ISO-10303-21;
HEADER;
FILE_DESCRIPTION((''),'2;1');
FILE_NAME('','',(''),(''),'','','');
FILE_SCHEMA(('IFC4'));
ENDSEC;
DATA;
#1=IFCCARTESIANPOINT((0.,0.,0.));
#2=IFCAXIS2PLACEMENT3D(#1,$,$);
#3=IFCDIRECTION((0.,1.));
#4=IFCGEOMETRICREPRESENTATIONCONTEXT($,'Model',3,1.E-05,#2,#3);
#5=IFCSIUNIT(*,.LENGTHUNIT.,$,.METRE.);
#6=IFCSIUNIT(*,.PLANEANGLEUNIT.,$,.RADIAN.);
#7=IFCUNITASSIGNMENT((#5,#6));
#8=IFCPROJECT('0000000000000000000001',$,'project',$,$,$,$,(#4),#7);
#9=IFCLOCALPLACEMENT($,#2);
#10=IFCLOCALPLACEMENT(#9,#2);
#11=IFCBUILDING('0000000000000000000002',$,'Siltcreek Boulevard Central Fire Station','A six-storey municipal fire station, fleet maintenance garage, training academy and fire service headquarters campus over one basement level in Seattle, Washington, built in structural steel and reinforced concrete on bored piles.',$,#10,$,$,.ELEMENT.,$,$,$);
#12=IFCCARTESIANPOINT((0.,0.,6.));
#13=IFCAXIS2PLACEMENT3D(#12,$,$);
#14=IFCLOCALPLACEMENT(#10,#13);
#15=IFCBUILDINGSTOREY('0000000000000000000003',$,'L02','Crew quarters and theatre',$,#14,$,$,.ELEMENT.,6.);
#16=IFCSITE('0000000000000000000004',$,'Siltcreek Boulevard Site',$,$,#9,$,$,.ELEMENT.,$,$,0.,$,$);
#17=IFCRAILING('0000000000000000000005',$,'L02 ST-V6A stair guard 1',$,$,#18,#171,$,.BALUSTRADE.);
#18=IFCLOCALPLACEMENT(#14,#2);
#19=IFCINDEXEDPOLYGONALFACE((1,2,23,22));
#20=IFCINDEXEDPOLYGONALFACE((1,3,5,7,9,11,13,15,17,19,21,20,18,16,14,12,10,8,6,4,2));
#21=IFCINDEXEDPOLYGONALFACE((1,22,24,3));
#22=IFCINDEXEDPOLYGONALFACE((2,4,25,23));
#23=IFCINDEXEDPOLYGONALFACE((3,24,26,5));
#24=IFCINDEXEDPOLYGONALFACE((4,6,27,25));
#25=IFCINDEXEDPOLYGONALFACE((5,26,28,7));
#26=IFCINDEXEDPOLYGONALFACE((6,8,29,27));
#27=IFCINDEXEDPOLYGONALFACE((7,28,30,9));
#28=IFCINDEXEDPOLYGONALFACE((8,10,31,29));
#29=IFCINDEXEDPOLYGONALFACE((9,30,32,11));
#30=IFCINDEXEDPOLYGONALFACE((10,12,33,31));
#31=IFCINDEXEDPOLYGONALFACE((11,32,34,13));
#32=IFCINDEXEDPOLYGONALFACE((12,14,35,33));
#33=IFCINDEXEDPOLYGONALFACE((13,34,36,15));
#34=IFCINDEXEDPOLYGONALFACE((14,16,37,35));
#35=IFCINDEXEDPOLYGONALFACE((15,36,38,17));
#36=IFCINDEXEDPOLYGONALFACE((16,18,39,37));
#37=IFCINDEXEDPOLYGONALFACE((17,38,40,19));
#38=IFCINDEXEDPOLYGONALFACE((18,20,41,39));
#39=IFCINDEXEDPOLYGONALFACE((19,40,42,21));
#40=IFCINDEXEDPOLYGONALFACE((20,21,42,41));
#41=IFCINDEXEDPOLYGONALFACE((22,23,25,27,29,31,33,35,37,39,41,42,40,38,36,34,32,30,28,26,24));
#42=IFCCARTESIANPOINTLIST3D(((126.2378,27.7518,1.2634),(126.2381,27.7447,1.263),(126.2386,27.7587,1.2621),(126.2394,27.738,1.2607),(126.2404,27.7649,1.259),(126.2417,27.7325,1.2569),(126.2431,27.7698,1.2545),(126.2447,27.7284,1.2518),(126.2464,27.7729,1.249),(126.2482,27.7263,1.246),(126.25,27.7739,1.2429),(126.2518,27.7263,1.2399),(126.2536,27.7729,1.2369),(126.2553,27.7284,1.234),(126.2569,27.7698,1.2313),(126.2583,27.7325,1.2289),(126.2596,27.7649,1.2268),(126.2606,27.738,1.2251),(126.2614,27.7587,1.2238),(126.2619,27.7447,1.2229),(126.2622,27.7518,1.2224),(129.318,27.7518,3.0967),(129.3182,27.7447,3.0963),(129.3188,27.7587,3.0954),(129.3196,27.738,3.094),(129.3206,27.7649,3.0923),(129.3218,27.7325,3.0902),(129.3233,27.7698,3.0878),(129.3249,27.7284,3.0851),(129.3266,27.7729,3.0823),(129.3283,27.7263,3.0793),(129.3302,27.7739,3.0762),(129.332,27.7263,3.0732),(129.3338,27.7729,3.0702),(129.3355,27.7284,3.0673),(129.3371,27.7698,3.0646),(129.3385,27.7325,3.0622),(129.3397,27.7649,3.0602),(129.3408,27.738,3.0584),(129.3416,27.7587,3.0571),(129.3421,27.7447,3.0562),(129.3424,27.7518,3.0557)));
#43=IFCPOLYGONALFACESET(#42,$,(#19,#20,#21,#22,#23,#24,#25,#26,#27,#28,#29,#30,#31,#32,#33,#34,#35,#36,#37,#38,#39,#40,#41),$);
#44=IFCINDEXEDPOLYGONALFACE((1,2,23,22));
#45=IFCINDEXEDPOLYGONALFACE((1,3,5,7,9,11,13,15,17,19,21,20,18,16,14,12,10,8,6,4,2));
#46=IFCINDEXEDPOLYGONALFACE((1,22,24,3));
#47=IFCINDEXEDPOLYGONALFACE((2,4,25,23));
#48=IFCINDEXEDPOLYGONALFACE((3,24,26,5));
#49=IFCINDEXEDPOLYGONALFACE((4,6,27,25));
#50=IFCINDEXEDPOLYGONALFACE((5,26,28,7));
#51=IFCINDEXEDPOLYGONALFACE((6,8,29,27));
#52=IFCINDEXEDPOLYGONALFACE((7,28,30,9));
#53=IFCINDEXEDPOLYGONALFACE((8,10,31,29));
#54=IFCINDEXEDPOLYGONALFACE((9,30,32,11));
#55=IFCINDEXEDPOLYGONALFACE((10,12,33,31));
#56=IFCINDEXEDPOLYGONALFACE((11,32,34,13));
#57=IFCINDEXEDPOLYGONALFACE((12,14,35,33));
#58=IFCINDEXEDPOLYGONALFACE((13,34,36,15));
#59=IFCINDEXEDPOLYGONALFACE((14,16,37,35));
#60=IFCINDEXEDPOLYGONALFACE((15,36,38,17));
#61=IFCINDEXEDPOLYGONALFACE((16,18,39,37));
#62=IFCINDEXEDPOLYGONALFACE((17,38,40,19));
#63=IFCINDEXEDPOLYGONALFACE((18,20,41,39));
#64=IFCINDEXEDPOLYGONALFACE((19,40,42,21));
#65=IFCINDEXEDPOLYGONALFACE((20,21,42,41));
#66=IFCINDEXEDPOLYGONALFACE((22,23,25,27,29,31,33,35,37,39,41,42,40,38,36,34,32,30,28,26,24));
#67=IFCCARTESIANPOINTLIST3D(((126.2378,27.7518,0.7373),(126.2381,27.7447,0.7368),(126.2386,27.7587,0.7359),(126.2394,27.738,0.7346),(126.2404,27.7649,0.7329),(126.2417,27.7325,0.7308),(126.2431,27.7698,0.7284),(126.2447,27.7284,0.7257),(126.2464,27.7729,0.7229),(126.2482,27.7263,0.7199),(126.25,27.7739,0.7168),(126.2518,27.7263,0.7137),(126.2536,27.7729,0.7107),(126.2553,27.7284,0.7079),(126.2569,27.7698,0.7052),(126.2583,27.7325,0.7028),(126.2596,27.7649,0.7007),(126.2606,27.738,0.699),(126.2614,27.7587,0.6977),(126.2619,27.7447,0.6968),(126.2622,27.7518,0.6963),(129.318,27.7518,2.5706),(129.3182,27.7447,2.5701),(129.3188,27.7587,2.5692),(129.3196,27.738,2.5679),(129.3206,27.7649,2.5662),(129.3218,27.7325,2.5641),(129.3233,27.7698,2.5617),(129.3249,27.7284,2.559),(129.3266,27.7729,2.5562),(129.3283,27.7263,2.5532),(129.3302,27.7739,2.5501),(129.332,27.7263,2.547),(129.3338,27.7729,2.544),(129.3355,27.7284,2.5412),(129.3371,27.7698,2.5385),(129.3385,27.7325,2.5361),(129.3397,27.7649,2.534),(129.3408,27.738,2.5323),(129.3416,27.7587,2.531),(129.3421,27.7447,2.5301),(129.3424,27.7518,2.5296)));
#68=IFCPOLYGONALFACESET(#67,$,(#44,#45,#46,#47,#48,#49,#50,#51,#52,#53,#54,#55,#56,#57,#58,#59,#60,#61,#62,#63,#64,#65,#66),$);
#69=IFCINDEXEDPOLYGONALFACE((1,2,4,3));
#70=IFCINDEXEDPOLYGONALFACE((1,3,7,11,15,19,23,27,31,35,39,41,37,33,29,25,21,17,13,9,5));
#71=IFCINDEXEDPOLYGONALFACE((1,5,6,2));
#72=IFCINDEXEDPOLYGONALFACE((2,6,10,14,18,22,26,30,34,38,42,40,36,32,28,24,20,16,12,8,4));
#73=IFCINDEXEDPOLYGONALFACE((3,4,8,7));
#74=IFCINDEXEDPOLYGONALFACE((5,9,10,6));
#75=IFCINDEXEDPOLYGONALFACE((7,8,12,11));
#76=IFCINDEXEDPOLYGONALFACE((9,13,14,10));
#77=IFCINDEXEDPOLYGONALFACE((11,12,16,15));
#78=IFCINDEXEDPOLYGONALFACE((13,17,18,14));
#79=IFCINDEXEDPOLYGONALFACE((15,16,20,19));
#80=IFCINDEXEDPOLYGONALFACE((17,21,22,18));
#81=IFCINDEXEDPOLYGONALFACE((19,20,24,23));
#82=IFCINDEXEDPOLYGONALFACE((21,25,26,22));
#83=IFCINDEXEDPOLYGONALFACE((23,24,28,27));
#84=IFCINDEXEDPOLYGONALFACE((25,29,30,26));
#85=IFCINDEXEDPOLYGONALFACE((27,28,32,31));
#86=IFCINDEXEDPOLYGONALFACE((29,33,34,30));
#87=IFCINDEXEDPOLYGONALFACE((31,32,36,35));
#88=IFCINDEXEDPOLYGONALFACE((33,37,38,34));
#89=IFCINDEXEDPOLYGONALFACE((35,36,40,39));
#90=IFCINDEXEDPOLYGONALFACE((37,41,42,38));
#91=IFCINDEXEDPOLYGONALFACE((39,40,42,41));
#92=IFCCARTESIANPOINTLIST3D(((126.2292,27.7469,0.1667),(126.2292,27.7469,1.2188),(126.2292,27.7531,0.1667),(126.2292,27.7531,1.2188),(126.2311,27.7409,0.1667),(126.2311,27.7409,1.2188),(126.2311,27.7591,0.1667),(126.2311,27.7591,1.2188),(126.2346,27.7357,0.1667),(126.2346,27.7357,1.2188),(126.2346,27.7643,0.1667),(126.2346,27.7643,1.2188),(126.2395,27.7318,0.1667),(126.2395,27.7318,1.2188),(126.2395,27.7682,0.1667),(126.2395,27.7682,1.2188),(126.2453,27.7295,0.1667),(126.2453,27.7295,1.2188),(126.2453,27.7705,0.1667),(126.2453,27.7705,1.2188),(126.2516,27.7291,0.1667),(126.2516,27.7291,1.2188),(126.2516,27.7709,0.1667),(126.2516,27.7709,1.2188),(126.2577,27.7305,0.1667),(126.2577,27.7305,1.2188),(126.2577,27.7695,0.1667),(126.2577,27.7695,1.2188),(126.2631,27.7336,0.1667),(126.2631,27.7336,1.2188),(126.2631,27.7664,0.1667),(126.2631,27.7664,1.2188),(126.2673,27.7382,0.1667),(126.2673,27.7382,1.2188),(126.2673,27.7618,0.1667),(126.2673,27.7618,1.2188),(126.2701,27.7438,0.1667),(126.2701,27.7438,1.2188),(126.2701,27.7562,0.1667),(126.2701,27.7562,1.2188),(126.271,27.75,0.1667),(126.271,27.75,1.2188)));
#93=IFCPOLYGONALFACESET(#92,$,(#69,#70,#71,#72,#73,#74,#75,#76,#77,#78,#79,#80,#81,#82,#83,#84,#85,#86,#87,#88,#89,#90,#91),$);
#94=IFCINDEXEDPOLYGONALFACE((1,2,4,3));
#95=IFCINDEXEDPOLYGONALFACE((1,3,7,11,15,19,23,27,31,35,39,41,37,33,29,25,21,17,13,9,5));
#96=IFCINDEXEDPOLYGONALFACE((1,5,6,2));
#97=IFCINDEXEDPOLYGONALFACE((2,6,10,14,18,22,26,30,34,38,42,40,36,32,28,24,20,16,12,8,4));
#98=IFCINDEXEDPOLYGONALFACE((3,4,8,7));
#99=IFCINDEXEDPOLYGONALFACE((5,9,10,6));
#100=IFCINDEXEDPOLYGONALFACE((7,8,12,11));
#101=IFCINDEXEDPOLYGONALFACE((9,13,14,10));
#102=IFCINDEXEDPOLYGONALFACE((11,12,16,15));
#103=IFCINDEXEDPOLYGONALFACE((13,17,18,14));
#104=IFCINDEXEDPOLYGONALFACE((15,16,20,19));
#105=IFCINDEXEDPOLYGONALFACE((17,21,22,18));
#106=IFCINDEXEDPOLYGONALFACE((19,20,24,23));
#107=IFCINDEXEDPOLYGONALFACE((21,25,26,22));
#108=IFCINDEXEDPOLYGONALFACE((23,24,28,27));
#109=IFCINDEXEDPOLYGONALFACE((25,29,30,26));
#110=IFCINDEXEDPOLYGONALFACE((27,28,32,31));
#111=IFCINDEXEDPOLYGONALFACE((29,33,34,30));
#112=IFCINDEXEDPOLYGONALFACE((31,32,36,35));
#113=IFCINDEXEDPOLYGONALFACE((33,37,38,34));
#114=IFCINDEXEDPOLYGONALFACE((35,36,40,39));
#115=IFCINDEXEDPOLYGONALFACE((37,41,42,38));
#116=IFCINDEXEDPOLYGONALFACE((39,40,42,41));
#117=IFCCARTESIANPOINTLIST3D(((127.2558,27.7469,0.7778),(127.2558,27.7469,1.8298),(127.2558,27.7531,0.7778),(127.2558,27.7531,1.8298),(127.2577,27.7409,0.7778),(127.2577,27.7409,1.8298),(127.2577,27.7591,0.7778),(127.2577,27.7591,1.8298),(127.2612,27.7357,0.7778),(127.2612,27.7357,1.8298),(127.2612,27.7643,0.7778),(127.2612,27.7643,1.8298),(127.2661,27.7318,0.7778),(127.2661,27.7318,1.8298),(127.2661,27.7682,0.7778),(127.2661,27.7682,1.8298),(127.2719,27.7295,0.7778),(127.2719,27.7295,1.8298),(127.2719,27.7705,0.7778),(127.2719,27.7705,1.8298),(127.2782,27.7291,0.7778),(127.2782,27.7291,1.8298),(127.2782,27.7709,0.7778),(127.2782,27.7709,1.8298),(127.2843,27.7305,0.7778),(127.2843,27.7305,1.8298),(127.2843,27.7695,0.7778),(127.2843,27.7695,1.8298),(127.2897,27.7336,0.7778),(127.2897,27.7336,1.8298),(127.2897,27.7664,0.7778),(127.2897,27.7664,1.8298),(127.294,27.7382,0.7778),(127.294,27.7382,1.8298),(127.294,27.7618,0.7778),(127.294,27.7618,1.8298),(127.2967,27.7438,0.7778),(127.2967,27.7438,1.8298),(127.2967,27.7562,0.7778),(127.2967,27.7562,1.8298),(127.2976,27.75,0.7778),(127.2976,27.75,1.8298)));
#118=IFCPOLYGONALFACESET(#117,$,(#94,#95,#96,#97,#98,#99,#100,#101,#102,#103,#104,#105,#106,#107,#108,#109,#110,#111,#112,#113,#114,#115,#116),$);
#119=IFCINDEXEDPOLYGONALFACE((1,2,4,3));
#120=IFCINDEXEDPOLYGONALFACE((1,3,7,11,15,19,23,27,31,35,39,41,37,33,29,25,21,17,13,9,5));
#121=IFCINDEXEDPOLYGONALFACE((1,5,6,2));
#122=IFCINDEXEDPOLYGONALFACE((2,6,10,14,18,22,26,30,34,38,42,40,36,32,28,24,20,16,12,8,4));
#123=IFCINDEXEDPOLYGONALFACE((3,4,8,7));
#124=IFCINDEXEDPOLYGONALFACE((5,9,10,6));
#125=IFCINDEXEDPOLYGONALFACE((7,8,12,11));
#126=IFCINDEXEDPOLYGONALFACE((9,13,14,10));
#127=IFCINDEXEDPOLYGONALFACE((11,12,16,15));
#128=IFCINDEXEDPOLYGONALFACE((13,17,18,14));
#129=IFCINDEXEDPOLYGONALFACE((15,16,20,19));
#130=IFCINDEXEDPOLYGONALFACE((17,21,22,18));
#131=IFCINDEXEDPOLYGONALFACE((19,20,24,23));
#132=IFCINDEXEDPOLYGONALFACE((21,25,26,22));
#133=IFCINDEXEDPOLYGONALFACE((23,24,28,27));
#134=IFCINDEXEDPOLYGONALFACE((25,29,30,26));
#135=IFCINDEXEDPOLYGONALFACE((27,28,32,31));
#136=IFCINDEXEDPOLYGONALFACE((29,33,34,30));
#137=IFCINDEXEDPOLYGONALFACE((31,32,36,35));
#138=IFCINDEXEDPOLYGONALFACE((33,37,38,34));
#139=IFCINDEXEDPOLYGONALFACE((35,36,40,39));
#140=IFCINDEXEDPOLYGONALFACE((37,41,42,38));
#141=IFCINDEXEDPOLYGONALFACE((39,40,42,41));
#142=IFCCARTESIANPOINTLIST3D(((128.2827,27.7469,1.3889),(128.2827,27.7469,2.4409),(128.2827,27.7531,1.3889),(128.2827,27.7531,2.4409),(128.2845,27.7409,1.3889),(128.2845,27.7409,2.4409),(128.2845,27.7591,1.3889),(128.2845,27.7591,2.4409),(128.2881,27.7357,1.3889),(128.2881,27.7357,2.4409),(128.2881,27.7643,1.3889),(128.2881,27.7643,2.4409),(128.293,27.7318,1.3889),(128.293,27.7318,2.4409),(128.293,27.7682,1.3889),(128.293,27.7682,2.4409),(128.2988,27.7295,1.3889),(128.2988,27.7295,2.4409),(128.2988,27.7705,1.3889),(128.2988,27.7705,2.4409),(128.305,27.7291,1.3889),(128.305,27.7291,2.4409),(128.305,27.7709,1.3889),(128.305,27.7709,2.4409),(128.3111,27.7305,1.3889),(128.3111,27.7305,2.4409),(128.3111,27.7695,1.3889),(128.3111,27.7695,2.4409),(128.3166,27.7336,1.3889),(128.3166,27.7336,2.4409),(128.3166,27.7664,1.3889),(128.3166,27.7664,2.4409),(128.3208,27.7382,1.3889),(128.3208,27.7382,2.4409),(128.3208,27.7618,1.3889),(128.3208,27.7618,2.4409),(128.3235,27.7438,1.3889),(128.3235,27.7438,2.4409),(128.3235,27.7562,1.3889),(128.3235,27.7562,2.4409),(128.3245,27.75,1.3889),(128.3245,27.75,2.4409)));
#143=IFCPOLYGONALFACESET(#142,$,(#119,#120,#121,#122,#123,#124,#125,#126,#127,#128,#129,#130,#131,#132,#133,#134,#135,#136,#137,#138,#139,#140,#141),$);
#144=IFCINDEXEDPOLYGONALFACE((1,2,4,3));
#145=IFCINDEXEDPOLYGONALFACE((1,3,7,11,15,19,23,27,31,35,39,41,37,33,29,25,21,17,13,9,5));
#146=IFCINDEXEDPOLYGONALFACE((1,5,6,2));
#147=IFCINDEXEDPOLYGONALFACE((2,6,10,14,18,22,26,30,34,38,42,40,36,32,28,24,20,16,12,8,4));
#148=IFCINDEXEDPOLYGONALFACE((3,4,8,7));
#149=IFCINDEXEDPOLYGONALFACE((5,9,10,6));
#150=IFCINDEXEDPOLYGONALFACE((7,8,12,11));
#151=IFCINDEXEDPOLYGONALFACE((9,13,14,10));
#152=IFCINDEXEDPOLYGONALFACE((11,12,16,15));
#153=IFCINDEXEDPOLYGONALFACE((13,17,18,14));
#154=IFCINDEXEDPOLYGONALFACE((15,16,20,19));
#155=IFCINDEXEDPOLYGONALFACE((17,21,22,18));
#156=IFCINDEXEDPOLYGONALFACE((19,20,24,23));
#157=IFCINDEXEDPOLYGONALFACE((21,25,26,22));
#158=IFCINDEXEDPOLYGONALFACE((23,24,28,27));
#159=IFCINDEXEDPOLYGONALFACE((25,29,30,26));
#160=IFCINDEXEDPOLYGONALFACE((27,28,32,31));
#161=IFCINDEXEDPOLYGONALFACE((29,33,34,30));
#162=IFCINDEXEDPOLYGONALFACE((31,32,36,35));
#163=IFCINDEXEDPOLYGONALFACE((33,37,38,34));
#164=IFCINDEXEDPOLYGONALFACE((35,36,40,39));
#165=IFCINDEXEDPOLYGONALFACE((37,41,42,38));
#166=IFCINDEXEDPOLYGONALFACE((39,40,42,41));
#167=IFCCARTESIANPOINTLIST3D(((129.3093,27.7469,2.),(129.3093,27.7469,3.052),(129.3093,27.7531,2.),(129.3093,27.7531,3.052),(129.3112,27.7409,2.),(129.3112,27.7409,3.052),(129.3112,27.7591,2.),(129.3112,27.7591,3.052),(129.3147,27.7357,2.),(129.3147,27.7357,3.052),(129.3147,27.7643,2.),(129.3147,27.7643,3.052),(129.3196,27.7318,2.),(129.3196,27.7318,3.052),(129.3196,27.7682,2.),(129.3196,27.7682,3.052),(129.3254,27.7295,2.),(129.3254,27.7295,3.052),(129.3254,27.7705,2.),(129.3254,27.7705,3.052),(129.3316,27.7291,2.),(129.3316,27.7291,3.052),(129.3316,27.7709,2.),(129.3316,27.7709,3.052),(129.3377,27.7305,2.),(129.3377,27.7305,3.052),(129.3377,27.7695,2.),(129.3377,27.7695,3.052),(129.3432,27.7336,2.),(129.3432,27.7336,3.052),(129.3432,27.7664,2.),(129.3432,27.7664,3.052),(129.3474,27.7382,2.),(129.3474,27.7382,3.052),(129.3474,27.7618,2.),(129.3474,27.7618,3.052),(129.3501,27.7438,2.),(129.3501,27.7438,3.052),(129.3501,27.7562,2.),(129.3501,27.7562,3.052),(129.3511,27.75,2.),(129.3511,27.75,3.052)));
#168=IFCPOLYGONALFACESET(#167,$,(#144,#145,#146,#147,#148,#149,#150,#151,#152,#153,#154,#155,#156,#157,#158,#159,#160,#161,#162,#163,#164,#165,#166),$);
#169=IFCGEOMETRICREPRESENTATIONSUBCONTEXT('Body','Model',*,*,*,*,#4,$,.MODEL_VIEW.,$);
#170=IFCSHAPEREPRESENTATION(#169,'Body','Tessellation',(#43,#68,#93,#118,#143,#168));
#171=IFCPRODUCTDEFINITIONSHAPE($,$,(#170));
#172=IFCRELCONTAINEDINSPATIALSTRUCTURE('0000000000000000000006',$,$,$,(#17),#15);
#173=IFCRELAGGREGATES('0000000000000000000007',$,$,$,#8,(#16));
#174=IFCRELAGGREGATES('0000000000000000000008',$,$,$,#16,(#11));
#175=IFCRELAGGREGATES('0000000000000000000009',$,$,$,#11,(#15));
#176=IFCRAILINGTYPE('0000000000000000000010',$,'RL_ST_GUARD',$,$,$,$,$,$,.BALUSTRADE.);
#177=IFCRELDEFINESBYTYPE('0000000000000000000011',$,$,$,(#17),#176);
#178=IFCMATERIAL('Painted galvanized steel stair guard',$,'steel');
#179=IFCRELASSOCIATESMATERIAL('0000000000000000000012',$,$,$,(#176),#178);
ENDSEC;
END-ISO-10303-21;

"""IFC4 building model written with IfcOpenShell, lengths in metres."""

from ifc_helpers import new_model, si_unit, direction, frame, origin, origin_2d, place, context, subcontext, project, spatial, circle, extrude, material, type_object, element, save


model = new_model("IFC4")

# Units and contexts
model_context = context("Model", 3, precision=1e-05, world=origin(), true_north=direction((0.0, 1.0)))
body_context = subcontext(model_context, "Body", "Model", "MODEL_VIEW")
ifc_project = project(units=[si_unit("LENGTHUNIT", "METRE"), si_unit("PLANEANGLEUNIT", "RADIAN")], contexts=[model_context])

# Site, building, storey
site_placement = place(None, origin())
site = spatial("IfcSite", under=ifc_project, at=site_placement, Name="Siltcreek Boulevard Site", CompositionType="ELEMENT", RefElevation=0.0)
building_placement = place(site_placement, origin())
building = spatial("IfcBuilding", under=site, at=building_placement, Name="Siltcreek Boulevard Central Fire Station", Description="A six-storey municipal fire station, fleet maintenance garage, training academy and fire service headquarters campus over one basement level in Seattle, Washington, built in structural steel and reinforced concrete on bored piles.", CompositionType="ELEMENT")
storey_placement = place(building_placement, frame((0.0, 0.0, 6.0)))
storey = spatial("IfcBuildingStorey", under=building, at=storey_placement, Name="L02", Description="Crew quarters and theatre", CompositionType="ELEMENT", Elevation=6.0)

# Railing
ifc_material_1 = material(Name="Painted galvanized steel stair guard", Category="steel")
railing_type_1 = type_object("IfcRailingType", Name="RL_ST_GUARD", PredefinedType="BALUSTRADE", material=ifc_material_1)
railing_1_placement = place(storey_placement, frame((126.25, 27.75, 0.1667)))
element("IfcRailing", 1, at=railing_1_placement, inside=storey, type_object=railing_type_1, Name="L02 ST-V6A stair guard 1", PredefinedType="BALUSTRADE", context=body_context, shape_type="SweptSolid", body=[
    extrude(circle(Radius=0.0239, at=origin_2d()), frame((0.0, 0.0, 1.0762), z_axis=(0.859309, 0.0, 0.511458), x_axis=(0.0, 1.0, 0.0)), (0.0, 0.0, 1.0), 3.5845),
    extrude(circle(Radius=0.0239, at=origin_2d()), frame((0.0, 0.0, 0.55), z_axis=(0.859309, 0.0, 0.511458), x_axis=(0.0, 1.0, 0.0)), (0.0, 0.0, 1.0), 3.5845),
    extrude(circle(Radius=0.021, at=origin_2d()), origin(), (0.0, 0.0, 1.0), 1.052),
    extrude(circle(Radius=0.021, at=origin_2d()), frame((1.0266, 0.0, 0.6111)), (0.0, 0.0, 1.0), 1.052),
    extrude(circle(Radius=0.021, at=origin_2d()), frame((2.0535, 0.0, 1.2222)), (0.0, 0.0, 1.0), 1.052),
    extrude(circle(Radius=0.021, at=origin_2d()), frame((3.0801, 0.0, 1.8333)), (0.0, 0.0, 1.0), 1.052),
])

save(model, "model.ifc")
